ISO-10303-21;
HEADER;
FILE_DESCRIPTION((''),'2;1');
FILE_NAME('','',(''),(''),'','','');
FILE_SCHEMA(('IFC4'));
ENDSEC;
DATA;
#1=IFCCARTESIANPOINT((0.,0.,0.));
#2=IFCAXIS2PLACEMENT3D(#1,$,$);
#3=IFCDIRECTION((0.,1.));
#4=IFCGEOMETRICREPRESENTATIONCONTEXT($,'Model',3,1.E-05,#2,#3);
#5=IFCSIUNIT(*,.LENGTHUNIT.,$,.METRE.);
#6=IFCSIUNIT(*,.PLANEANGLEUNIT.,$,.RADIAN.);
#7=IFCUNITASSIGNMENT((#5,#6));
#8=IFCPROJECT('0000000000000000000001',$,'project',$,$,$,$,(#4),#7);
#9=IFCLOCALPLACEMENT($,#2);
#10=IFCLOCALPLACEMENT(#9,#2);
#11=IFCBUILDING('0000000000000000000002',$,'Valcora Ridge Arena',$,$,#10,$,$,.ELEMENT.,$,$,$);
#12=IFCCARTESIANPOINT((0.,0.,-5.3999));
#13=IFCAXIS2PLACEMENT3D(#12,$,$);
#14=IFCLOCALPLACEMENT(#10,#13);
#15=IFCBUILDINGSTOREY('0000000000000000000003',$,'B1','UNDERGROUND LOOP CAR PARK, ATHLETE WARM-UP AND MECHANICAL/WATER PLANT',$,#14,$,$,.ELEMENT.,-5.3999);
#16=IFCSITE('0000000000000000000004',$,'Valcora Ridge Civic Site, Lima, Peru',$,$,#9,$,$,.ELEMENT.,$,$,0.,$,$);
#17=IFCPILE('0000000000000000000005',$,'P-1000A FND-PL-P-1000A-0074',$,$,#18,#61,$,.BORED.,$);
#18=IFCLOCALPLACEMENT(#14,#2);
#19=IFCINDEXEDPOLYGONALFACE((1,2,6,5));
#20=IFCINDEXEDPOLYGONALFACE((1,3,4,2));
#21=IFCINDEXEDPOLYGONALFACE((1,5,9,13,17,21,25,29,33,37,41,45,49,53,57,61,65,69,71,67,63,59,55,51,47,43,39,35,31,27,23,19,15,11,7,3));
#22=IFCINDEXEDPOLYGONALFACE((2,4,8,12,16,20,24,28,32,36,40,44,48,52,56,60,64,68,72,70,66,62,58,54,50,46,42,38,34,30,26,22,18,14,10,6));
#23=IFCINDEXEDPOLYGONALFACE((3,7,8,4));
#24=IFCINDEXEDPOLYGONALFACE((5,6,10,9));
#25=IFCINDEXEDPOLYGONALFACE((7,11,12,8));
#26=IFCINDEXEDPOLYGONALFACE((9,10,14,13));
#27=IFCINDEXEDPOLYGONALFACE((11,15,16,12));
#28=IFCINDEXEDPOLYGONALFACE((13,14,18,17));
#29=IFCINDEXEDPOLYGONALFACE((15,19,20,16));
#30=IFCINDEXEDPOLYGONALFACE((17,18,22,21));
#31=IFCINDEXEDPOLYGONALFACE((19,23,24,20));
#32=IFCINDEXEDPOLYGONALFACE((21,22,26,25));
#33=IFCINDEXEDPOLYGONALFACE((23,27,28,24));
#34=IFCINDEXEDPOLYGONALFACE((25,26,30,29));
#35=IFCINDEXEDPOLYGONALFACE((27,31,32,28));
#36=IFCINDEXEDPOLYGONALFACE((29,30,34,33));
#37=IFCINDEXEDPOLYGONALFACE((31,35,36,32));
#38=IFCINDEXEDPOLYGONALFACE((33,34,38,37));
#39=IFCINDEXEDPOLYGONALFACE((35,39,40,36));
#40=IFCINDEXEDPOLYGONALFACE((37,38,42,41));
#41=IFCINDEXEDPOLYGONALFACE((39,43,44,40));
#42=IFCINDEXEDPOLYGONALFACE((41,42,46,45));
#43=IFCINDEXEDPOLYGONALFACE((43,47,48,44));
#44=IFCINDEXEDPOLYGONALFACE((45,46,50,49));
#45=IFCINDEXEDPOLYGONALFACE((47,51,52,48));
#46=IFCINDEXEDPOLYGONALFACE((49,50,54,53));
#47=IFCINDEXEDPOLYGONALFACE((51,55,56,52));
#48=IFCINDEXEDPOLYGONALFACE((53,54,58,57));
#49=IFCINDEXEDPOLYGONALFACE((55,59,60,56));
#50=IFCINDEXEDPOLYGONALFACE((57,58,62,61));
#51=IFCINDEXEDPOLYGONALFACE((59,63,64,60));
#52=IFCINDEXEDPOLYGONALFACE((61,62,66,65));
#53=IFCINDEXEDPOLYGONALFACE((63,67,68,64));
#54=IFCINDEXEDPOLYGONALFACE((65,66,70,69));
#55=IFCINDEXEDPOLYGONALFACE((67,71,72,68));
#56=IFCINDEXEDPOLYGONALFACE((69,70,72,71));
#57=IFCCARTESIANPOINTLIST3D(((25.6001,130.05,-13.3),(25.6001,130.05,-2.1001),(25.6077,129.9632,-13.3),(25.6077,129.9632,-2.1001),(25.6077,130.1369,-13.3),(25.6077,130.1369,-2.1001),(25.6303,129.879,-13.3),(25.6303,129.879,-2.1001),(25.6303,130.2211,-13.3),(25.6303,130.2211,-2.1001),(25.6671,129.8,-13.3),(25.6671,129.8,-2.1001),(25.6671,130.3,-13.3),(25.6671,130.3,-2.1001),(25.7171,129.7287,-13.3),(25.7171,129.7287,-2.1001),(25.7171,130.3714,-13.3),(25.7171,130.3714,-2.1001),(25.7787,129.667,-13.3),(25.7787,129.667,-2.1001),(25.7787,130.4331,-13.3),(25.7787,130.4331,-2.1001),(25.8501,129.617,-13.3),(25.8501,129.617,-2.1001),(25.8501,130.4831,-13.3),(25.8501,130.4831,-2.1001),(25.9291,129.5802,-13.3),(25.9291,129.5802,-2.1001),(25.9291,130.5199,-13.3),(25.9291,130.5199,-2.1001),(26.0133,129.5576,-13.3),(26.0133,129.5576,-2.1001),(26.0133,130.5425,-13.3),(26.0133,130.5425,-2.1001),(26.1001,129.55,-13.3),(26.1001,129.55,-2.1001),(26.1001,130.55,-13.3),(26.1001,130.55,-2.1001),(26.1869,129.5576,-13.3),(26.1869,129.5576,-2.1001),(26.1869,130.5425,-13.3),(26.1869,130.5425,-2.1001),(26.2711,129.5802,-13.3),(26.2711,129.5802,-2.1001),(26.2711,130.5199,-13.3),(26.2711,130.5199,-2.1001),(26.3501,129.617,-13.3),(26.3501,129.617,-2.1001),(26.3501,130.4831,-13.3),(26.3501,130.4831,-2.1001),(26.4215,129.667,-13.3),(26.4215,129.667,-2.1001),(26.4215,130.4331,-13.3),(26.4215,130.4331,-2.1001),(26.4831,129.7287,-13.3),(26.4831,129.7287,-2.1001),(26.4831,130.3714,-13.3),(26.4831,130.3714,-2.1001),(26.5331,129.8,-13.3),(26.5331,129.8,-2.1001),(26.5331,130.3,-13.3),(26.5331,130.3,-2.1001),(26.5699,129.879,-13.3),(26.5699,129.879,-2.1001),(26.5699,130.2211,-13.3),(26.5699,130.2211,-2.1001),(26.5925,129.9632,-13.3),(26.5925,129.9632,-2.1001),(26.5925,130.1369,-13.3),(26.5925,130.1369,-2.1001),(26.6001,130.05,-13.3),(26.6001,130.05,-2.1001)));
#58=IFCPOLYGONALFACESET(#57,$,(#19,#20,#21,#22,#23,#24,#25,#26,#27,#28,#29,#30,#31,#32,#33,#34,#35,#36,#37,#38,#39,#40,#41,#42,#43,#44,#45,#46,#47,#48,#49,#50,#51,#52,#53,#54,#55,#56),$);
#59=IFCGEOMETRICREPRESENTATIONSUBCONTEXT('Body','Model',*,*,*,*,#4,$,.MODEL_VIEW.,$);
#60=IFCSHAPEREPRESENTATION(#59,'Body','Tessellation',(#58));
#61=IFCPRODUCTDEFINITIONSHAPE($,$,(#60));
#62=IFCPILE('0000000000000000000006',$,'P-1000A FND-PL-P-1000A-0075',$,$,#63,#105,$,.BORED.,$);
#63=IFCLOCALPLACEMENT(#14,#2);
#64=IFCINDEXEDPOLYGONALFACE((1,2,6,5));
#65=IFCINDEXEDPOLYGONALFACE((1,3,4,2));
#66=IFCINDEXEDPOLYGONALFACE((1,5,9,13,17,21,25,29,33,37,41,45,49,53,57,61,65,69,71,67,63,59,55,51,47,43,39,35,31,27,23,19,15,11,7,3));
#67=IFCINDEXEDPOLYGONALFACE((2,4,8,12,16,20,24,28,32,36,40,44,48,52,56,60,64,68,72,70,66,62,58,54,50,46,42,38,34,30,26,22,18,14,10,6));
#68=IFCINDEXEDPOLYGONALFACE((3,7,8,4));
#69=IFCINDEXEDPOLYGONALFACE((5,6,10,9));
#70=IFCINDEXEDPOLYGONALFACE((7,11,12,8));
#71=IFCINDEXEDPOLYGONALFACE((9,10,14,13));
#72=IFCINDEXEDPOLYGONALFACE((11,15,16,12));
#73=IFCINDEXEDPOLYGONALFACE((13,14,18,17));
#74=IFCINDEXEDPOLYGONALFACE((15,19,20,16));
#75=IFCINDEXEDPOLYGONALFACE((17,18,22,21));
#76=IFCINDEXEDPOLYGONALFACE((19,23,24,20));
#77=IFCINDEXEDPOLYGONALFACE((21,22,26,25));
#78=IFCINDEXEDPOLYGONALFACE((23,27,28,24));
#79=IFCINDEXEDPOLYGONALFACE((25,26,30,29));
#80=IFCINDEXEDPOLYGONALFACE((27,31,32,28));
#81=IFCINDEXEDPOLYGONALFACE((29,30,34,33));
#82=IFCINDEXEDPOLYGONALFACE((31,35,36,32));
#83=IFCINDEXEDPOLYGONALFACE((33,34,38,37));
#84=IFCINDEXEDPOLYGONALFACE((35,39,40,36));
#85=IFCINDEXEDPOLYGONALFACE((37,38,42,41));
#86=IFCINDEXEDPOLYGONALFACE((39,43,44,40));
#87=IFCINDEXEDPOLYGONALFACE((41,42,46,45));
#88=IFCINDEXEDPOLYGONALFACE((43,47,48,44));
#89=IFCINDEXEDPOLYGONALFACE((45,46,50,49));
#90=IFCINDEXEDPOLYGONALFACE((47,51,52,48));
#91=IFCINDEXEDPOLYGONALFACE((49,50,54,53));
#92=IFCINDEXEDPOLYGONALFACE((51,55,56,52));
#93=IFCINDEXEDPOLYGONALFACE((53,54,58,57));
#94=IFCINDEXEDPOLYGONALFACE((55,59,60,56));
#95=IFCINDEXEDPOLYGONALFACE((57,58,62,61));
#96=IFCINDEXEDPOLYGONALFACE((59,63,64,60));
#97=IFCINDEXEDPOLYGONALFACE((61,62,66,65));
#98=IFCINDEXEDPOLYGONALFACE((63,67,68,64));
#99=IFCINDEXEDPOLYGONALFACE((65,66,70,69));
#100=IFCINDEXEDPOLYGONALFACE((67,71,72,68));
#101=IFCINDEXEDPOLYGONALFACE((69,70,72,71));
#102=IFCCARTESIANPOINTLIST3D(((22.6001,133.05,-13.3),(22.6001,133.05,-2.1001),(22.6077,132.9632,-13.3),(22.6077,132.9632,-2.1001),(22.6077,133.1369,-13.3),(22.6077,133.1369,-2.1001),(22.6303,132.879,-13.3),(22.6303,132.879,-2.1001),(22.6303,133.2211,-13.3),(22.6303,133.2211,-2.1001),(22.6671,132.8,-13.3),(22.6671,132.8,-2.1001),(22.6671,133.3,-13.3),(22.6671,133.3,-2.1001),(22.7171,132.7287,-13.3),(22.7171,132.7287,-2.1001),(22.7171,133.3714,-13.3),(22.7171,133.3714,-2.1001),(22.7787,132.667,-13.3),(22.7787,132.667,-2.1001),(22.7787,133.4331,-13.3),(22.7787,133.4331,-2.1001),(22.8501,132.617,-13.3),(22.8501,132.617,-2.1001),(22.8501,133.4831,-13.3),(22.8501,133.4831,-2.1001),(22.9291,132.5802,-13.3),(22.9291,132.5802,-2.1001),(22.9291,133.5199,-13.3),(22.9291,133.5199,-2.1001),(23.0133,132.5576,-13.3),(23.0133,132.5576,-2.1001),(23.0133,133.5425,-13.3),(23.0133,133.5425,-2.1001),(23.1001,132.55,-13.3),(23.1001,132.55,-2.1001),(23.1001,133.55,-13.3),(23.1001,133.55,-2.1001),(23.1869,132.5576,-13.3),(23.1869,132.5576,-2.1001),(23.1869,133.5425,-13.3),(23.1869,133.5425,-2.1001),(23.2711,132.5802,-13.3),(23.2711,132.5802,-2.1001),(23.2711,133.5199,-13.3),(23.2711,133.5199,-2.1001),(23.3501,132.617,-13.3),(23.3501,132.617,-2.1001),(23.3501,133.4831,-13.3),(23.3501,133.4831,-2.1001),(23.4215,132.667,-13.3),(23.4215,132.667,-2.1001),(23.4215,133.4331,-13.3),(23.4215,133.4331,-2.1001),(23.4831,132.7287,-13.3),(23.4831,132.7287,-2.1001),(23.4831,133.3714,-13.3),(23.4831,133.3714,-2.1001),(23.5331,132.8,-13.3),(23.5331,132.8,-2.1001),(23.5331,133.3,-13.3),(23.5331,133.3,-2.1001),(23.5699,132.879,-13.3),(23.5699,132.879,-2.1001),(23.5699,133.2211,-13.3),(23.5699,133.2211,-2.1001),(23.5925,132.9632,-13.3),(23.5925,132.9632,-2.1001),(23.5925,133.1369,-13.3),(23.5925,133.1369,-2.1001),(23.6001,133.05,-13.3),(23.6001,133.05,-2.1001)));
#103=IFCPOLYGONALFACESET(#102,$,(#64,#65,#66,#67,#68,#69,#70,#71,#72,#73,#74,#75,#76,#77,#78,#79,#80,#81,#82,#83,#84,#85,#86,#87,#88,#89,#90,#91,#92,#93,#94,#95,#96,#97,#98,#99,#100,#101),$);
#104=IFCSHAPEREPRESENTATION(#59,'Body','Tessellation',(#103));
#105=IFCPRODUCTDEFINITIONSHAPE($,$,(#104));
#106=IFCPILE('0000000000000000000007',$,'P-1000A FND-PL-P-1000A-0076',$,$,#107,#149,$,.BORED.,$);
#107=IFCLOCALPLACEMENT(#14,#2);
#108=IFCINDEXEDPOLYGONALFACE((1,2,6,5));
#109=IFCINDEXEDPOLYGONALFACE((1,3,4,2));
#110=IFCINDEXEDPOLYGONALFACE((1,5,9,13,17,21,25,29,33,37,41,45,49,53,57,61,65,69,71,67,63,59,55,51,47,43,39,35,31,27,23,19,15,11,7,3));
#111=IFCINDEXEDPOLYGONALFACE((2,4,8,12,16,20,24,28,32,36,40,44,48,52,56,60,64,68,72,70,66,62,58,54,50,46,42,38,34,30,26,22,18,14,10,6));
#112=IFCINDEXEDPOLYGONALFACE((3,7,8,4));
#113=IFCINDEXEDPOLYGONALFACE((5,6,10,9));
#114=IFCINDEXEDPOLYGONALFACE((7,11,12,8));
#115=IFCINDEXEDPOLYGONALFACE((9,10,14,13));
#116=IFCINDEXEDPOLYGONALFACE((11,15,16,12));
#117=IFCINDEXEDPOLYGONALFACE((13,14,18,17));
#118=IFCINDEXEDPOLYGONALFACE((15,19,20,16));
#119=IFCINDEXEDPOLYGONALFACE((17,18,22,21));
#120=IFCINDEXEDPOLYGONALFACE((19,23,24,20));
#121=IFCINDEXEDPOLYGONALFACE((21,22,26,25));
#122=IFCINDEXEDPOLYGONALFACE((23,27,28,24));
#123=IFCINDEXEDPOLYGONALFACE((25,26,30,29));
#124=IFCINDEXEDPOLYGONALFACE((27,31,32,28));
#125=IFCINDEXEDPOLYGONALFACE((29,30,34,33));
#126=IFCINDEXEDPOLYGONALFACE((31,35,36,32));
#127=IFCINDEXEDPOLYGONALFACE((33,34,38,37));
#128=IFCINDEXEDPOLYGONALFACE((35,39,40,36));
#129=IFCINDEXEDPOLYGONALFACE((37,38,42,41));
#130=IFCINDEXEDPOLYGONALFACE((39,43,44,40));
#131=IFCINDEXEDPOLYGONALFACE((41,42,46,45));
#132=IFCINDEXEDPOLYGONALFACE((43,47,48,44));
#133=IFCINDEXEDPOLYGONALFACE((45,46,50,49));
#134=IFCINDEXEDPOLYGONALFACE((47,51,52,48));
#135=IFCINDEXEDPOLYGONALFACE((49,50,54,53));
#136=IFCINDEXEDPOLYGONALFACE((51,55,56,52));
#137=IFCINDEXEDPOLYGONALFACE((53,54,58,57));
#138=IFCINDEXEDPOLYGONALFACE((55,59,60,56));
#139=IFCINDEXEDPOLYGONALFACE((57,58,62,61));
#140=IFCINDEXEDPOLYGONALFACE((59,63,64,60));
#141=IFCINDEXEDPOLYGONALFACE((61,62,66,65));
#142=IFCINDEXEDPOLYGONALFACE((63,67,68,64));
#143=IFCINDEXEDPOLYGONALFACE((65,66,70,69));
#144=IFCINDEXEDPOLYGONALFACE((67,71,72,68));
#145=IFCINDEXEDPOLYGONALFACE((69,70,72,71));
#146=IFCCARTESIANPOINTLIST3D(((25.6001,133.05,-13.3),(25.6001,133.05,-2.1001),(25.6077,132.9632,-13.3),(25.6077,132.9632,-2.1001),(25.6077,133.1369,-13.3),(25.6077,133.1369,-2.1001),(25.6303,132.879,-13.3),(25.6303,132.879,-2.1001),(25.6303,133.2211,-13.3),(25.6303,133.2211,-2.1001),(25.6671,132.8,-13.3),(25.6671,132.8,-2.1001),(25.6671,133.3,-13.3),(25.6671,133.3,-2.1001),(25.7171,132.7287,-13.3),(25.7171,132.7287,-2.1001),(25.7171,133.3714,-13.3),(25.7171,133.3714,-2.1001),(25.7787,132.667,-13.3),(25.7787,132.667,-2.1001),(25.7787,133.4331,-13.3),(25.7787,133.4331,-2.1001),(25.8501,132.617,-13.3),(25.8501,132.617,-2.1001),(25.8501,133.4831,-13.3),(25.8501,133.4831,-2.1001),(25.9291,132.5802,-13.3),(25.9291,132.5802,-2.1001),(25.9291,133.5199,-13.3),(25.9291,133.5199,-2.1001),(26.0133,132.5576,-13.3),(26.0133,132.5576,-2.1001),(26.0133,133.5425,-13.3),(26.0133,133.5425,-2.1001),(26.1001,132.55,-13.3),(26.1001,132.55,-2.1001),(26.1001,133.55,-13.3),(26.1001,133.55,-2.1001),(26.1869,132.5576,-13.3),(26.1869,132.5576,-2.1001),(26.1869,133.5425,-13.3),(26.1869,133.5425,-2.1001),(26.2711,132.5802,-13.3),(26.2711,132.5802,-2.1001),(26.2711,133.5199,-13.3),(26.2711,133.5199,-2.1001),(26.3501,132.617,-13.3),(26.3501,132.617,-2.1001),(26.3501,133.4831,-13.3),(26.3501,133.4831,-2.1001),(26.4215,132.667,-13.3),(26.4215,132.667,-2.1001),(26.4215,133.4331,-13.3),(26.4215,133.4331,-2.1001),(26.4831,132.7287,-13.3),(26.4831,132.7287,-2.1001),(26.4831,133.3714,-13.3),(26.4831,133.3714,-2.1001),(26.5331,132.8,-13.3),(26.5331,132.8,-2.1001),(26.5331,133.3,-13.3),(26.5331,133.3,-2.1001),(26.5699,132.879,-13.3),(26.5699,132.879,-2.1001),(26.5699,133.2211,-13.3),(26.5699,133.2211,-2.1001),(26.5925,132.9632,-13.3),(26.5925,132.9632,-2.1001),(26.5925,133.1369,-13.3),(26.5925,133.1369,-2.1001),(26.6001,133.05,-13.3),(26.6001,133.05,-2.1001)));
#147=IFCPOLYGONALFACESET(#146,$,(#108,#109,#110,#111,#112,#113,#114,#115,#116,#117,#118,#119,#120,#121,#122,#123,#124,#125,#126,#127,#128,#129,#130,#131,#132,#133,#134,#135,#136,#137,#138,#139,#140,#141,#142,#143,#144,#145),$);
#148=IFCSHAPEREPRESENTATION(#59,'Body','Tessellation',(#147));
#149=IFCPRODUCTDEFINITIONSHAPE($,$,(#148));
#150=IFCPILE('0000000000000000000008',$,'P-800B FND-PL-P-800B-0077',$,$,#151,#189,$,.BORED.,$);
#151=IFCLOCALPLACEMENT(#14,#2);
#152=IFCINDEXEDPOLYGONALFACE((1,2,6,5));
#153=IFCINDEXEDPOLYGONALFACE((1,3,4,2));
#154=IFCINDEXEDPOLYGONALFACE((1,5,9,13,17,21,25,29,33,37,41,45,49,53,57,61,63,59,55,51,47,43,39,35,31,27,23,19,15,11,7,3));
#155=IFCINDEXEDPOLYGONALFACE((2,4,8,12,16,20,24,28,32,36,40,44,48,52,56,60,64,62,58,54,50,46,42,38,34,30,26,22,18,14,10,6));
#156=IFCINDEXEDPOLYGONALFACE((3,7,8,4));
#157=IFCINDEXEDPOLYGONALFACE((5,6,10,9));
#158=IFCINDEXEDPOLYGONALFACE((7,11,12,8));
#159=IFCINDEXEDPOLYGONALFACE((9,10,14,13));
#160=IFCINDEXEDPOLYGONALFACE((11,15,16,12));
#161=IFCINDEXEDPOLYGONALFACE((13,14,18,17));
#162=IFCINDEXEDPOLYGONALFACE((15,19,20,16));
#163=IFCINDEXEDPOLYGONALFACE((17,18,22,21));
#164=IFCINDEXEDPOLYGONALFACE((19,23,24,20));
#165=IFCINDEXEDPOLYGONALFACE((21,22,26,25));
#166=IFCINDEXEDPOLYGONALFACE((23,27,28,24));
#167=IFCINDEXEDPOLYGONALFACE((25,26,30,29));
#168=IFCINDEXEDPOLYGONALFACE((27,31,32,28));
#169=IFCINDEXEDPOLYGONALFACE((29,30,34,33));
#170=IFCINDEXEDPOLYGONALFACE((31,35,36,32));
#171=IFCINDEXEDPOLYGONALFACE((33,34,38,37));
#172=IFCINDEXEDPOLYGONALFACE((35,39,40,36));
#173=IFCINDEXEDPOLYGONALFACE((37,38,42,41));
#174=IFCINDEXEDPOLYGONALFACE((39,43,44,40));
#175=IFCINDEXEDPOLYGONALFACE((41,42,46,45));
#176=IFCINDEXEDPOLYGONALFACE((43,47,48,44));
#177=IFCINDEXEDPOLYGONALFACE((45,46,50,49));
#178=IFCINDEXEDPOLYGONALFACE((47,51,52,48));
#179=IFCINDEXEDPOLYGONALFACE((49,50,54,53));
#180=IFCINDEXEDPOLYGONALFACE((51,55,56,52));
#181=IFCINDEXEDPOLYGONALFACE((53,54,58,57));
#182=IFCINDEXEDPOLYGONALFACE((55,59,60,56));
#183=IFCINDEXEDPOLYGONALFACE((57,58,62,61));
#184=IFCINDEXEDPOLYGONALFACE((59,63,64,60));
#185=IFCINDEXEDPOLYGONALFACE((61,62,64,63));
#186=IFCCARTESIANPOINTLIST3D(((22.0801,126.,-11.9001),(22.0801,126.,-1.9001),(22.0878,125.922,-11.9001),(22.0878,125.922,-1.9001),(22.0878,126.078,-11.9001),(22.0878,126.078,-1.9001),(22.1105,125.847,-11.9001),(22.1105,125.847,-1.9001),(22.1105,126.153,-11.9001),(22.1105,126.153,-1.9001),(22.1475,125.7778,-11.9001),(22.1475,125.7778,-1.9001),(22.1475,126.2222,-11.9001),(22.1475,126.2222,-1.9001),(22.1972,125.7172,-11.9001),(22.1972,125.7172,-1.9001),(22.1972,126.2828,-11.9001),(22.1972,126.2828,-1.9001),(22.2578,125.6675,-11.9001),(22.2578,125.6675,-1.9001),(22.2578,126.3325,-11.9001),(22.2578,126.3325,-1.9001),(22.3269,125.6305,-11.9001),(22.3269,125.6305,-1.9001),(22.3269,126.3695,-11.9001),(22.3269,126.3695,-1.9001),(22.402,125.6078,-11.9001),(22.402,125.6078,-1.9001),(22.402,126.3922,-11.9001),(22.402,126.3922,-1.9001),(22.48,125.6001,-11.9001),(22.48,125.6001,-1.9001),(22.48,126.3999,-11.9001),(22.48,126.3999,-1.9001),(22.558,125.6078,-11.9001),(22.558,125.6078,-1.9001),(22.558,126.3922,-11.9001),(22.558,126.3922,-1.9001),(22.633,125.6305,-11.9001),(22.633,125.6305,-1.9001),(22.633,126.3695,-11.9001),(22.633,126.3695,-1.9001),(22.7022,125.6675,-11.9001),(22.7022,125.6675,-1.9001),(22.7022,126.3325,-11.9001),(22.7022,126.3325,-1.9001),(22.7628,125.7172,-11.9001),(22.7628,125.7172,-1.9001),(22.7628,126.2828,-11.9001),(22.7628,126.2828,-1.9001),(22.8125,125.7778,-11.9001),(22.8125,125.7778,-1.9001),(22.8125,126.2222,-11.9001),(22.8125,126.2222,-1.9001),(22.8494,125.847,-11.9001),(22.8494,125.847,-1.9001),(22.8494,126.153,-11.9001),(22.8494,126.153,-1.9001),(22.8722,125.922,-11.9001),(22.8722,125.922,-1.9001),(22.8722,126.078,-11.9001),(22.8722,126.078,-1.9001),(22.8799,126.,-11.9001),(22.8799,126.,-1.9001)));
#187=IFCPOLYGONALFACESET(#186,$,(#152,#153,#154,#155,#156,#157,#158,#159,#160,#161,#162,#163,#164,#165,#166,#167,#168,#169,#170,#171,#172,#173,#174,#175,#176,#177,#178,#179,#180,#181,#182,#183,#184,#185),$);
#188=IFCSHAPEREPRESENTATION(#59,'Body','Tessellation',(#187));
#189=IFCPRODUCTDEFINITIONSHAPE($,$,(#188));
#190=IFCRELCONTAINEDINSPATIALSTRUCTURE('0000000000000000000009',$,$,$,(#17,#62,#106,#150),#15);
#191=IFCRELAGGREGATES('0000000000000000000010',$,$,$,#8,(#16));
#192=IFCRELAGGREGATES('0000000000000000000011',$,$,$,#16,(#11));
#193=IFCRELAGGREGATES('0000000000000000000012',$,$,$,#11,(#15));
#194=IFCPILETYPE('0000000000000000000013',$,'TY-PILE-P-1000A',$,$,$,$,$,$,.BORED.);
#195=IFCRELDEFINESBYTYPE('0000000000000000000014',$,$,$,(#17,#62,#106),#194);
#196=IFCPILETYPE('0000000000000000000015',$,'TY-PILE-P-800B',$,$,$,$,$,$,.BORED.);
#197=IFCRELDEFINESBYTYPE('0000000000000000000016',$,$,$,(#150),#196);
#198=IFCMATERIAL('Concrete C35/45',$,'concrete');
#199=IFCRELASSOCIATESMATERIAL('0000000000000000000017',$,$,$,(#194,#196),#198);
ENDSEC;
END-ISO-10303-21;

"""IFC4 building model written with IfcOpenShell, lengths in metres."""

from ifc_helpers import new_model, si_unit, direction, frame, origin, origin_2d, place, context, subcontext, project, spatial, circle, extrude, material, material_profile, profile_set, type_object, element, save


model = new_model("IFC4")

# Units and contexts
model_context = context("Model", 3, precision=1e-05, world=origin(), true_north=direction((0.0, 1.0)))
body_context = subcontext(model_context, "Body", "Model", "MODEL_VIEW")
ifc_project = project(units=[si_unit("LENGTHUNIT", "METRE"), si_unit("PLANEANGLEUNIT", "RADIAN")], contexts=[model_context])

# Site, building, storey
site_placement = place(None, origin())
site = spatial("IfcSite", under=ifc_project, at=site_placement, Name="Valcora Ridge Civic Site, Lima, Peru", CompositionType="ELEMENT", RefElevation=0.0)
building_placement = place(site_placement, origin())
building = spatial("IfcBuilding", under=site, at=building_placement, Name="Valcora Ridge Arena", CompositionType="ELEMENT")
storey_placement = place(building_placement, frame((0.0, 0.0, -5.3999)))
storey = spatial("IfcBuildingStorey", under=building, at=storey_placement, Name="B1", Description="UNDERGROUND LOOP CAR PARK, ATHLETE WARM-UP AND MECHANICAL/WATER PLANT", CompositionType="ELEMENT", Elevation=-5.3999)

# Piles
ifc_material_1 = material(Name="Concrete C35/45", Category="concrete")
ifc_material_profile_1 = material_profile(ifc_material_1, circle(Radius=0.5, at=origin_2d()), Name="BORED PILE D1000")
ifc_profile_set_1 = profile_set([ifc_material_profile_1], Name="Concrete C35/45")
pile_type_1 = type_object("IfcPileType", Name="TY-PILE-P-1000A", PredefinedType="BORED", material=ifc_profile_set_1)
for number, where, z_axis, x_axis, name in (
    (1, (26.1001, 130.05, -2.1001), (0.0, 0.0, -1.0), (1.0, 0.0, 0.0), "P-1000A FND-PL-P-1000A-0074"),
    (2, (23.1001, 133.05, -2.1001), (0.0, 0.0, -1.0), (1.0, 0.0, 0.0), "P-1000A FND-PL-P-1000A-0075"),
    (3, (26.1001, 133.05, -2.1001), (0.0, 0.0, -1.0), (1.0, 0.0, 0.0), "P-1000A FND-PL-P-1000A-0076"),
):
    element("IfcPile", number, at=place(storey_placement, frame(where, z_axis=z_axis, x_axis=x_axis)), inside=storey, type_object=pile_type_1, Name=name, PredefinedType="BORED", context=body_context, shape_type="SweptSolid", body=[
        extrude(circle(Radius=0.5, at=origin_2d()), origin(), (0.0, 0.0, 1.0), 11.2),
    ])
ifc_material_profile_2 = material_profile(ifc_material_1, circle(Radius=0.3999, at=origin_2d()), Name="BORED PILE D800")
ifc_profile_set_2 = profile_set([ifc_material_profile_2], Name="Concrete C35/45")
pile_type_2 = type_object("IfcPileType", Name="TY-PILE-P-800B", PredefinedType="BORED", material=ifc_profile_set_2)
for number, where, z_axis, x_axis, name in (
    (4, (22.48, 126.0, -1.9001), (0.0, 0.0, -1.0), (1.0, 0.0, 0.0), "P-800B FND-PL-P-800B-0077"),
):
    element("IfcPile", number, at=place(storey_placement, frame(where, z_axis=z_axis, x_axis=x_axis)), inside=storey, type_object=pile_type_2, Name=name, PredefinedType="BORED", context=body_context, shape_type="SweptSolid", body=[
        extrude(circle(Radius=0.3999, at=origin_2d()), origin(), (0.0, 0.0, 1.0), 10.0),
    ])

save(model, "model.ifc")
